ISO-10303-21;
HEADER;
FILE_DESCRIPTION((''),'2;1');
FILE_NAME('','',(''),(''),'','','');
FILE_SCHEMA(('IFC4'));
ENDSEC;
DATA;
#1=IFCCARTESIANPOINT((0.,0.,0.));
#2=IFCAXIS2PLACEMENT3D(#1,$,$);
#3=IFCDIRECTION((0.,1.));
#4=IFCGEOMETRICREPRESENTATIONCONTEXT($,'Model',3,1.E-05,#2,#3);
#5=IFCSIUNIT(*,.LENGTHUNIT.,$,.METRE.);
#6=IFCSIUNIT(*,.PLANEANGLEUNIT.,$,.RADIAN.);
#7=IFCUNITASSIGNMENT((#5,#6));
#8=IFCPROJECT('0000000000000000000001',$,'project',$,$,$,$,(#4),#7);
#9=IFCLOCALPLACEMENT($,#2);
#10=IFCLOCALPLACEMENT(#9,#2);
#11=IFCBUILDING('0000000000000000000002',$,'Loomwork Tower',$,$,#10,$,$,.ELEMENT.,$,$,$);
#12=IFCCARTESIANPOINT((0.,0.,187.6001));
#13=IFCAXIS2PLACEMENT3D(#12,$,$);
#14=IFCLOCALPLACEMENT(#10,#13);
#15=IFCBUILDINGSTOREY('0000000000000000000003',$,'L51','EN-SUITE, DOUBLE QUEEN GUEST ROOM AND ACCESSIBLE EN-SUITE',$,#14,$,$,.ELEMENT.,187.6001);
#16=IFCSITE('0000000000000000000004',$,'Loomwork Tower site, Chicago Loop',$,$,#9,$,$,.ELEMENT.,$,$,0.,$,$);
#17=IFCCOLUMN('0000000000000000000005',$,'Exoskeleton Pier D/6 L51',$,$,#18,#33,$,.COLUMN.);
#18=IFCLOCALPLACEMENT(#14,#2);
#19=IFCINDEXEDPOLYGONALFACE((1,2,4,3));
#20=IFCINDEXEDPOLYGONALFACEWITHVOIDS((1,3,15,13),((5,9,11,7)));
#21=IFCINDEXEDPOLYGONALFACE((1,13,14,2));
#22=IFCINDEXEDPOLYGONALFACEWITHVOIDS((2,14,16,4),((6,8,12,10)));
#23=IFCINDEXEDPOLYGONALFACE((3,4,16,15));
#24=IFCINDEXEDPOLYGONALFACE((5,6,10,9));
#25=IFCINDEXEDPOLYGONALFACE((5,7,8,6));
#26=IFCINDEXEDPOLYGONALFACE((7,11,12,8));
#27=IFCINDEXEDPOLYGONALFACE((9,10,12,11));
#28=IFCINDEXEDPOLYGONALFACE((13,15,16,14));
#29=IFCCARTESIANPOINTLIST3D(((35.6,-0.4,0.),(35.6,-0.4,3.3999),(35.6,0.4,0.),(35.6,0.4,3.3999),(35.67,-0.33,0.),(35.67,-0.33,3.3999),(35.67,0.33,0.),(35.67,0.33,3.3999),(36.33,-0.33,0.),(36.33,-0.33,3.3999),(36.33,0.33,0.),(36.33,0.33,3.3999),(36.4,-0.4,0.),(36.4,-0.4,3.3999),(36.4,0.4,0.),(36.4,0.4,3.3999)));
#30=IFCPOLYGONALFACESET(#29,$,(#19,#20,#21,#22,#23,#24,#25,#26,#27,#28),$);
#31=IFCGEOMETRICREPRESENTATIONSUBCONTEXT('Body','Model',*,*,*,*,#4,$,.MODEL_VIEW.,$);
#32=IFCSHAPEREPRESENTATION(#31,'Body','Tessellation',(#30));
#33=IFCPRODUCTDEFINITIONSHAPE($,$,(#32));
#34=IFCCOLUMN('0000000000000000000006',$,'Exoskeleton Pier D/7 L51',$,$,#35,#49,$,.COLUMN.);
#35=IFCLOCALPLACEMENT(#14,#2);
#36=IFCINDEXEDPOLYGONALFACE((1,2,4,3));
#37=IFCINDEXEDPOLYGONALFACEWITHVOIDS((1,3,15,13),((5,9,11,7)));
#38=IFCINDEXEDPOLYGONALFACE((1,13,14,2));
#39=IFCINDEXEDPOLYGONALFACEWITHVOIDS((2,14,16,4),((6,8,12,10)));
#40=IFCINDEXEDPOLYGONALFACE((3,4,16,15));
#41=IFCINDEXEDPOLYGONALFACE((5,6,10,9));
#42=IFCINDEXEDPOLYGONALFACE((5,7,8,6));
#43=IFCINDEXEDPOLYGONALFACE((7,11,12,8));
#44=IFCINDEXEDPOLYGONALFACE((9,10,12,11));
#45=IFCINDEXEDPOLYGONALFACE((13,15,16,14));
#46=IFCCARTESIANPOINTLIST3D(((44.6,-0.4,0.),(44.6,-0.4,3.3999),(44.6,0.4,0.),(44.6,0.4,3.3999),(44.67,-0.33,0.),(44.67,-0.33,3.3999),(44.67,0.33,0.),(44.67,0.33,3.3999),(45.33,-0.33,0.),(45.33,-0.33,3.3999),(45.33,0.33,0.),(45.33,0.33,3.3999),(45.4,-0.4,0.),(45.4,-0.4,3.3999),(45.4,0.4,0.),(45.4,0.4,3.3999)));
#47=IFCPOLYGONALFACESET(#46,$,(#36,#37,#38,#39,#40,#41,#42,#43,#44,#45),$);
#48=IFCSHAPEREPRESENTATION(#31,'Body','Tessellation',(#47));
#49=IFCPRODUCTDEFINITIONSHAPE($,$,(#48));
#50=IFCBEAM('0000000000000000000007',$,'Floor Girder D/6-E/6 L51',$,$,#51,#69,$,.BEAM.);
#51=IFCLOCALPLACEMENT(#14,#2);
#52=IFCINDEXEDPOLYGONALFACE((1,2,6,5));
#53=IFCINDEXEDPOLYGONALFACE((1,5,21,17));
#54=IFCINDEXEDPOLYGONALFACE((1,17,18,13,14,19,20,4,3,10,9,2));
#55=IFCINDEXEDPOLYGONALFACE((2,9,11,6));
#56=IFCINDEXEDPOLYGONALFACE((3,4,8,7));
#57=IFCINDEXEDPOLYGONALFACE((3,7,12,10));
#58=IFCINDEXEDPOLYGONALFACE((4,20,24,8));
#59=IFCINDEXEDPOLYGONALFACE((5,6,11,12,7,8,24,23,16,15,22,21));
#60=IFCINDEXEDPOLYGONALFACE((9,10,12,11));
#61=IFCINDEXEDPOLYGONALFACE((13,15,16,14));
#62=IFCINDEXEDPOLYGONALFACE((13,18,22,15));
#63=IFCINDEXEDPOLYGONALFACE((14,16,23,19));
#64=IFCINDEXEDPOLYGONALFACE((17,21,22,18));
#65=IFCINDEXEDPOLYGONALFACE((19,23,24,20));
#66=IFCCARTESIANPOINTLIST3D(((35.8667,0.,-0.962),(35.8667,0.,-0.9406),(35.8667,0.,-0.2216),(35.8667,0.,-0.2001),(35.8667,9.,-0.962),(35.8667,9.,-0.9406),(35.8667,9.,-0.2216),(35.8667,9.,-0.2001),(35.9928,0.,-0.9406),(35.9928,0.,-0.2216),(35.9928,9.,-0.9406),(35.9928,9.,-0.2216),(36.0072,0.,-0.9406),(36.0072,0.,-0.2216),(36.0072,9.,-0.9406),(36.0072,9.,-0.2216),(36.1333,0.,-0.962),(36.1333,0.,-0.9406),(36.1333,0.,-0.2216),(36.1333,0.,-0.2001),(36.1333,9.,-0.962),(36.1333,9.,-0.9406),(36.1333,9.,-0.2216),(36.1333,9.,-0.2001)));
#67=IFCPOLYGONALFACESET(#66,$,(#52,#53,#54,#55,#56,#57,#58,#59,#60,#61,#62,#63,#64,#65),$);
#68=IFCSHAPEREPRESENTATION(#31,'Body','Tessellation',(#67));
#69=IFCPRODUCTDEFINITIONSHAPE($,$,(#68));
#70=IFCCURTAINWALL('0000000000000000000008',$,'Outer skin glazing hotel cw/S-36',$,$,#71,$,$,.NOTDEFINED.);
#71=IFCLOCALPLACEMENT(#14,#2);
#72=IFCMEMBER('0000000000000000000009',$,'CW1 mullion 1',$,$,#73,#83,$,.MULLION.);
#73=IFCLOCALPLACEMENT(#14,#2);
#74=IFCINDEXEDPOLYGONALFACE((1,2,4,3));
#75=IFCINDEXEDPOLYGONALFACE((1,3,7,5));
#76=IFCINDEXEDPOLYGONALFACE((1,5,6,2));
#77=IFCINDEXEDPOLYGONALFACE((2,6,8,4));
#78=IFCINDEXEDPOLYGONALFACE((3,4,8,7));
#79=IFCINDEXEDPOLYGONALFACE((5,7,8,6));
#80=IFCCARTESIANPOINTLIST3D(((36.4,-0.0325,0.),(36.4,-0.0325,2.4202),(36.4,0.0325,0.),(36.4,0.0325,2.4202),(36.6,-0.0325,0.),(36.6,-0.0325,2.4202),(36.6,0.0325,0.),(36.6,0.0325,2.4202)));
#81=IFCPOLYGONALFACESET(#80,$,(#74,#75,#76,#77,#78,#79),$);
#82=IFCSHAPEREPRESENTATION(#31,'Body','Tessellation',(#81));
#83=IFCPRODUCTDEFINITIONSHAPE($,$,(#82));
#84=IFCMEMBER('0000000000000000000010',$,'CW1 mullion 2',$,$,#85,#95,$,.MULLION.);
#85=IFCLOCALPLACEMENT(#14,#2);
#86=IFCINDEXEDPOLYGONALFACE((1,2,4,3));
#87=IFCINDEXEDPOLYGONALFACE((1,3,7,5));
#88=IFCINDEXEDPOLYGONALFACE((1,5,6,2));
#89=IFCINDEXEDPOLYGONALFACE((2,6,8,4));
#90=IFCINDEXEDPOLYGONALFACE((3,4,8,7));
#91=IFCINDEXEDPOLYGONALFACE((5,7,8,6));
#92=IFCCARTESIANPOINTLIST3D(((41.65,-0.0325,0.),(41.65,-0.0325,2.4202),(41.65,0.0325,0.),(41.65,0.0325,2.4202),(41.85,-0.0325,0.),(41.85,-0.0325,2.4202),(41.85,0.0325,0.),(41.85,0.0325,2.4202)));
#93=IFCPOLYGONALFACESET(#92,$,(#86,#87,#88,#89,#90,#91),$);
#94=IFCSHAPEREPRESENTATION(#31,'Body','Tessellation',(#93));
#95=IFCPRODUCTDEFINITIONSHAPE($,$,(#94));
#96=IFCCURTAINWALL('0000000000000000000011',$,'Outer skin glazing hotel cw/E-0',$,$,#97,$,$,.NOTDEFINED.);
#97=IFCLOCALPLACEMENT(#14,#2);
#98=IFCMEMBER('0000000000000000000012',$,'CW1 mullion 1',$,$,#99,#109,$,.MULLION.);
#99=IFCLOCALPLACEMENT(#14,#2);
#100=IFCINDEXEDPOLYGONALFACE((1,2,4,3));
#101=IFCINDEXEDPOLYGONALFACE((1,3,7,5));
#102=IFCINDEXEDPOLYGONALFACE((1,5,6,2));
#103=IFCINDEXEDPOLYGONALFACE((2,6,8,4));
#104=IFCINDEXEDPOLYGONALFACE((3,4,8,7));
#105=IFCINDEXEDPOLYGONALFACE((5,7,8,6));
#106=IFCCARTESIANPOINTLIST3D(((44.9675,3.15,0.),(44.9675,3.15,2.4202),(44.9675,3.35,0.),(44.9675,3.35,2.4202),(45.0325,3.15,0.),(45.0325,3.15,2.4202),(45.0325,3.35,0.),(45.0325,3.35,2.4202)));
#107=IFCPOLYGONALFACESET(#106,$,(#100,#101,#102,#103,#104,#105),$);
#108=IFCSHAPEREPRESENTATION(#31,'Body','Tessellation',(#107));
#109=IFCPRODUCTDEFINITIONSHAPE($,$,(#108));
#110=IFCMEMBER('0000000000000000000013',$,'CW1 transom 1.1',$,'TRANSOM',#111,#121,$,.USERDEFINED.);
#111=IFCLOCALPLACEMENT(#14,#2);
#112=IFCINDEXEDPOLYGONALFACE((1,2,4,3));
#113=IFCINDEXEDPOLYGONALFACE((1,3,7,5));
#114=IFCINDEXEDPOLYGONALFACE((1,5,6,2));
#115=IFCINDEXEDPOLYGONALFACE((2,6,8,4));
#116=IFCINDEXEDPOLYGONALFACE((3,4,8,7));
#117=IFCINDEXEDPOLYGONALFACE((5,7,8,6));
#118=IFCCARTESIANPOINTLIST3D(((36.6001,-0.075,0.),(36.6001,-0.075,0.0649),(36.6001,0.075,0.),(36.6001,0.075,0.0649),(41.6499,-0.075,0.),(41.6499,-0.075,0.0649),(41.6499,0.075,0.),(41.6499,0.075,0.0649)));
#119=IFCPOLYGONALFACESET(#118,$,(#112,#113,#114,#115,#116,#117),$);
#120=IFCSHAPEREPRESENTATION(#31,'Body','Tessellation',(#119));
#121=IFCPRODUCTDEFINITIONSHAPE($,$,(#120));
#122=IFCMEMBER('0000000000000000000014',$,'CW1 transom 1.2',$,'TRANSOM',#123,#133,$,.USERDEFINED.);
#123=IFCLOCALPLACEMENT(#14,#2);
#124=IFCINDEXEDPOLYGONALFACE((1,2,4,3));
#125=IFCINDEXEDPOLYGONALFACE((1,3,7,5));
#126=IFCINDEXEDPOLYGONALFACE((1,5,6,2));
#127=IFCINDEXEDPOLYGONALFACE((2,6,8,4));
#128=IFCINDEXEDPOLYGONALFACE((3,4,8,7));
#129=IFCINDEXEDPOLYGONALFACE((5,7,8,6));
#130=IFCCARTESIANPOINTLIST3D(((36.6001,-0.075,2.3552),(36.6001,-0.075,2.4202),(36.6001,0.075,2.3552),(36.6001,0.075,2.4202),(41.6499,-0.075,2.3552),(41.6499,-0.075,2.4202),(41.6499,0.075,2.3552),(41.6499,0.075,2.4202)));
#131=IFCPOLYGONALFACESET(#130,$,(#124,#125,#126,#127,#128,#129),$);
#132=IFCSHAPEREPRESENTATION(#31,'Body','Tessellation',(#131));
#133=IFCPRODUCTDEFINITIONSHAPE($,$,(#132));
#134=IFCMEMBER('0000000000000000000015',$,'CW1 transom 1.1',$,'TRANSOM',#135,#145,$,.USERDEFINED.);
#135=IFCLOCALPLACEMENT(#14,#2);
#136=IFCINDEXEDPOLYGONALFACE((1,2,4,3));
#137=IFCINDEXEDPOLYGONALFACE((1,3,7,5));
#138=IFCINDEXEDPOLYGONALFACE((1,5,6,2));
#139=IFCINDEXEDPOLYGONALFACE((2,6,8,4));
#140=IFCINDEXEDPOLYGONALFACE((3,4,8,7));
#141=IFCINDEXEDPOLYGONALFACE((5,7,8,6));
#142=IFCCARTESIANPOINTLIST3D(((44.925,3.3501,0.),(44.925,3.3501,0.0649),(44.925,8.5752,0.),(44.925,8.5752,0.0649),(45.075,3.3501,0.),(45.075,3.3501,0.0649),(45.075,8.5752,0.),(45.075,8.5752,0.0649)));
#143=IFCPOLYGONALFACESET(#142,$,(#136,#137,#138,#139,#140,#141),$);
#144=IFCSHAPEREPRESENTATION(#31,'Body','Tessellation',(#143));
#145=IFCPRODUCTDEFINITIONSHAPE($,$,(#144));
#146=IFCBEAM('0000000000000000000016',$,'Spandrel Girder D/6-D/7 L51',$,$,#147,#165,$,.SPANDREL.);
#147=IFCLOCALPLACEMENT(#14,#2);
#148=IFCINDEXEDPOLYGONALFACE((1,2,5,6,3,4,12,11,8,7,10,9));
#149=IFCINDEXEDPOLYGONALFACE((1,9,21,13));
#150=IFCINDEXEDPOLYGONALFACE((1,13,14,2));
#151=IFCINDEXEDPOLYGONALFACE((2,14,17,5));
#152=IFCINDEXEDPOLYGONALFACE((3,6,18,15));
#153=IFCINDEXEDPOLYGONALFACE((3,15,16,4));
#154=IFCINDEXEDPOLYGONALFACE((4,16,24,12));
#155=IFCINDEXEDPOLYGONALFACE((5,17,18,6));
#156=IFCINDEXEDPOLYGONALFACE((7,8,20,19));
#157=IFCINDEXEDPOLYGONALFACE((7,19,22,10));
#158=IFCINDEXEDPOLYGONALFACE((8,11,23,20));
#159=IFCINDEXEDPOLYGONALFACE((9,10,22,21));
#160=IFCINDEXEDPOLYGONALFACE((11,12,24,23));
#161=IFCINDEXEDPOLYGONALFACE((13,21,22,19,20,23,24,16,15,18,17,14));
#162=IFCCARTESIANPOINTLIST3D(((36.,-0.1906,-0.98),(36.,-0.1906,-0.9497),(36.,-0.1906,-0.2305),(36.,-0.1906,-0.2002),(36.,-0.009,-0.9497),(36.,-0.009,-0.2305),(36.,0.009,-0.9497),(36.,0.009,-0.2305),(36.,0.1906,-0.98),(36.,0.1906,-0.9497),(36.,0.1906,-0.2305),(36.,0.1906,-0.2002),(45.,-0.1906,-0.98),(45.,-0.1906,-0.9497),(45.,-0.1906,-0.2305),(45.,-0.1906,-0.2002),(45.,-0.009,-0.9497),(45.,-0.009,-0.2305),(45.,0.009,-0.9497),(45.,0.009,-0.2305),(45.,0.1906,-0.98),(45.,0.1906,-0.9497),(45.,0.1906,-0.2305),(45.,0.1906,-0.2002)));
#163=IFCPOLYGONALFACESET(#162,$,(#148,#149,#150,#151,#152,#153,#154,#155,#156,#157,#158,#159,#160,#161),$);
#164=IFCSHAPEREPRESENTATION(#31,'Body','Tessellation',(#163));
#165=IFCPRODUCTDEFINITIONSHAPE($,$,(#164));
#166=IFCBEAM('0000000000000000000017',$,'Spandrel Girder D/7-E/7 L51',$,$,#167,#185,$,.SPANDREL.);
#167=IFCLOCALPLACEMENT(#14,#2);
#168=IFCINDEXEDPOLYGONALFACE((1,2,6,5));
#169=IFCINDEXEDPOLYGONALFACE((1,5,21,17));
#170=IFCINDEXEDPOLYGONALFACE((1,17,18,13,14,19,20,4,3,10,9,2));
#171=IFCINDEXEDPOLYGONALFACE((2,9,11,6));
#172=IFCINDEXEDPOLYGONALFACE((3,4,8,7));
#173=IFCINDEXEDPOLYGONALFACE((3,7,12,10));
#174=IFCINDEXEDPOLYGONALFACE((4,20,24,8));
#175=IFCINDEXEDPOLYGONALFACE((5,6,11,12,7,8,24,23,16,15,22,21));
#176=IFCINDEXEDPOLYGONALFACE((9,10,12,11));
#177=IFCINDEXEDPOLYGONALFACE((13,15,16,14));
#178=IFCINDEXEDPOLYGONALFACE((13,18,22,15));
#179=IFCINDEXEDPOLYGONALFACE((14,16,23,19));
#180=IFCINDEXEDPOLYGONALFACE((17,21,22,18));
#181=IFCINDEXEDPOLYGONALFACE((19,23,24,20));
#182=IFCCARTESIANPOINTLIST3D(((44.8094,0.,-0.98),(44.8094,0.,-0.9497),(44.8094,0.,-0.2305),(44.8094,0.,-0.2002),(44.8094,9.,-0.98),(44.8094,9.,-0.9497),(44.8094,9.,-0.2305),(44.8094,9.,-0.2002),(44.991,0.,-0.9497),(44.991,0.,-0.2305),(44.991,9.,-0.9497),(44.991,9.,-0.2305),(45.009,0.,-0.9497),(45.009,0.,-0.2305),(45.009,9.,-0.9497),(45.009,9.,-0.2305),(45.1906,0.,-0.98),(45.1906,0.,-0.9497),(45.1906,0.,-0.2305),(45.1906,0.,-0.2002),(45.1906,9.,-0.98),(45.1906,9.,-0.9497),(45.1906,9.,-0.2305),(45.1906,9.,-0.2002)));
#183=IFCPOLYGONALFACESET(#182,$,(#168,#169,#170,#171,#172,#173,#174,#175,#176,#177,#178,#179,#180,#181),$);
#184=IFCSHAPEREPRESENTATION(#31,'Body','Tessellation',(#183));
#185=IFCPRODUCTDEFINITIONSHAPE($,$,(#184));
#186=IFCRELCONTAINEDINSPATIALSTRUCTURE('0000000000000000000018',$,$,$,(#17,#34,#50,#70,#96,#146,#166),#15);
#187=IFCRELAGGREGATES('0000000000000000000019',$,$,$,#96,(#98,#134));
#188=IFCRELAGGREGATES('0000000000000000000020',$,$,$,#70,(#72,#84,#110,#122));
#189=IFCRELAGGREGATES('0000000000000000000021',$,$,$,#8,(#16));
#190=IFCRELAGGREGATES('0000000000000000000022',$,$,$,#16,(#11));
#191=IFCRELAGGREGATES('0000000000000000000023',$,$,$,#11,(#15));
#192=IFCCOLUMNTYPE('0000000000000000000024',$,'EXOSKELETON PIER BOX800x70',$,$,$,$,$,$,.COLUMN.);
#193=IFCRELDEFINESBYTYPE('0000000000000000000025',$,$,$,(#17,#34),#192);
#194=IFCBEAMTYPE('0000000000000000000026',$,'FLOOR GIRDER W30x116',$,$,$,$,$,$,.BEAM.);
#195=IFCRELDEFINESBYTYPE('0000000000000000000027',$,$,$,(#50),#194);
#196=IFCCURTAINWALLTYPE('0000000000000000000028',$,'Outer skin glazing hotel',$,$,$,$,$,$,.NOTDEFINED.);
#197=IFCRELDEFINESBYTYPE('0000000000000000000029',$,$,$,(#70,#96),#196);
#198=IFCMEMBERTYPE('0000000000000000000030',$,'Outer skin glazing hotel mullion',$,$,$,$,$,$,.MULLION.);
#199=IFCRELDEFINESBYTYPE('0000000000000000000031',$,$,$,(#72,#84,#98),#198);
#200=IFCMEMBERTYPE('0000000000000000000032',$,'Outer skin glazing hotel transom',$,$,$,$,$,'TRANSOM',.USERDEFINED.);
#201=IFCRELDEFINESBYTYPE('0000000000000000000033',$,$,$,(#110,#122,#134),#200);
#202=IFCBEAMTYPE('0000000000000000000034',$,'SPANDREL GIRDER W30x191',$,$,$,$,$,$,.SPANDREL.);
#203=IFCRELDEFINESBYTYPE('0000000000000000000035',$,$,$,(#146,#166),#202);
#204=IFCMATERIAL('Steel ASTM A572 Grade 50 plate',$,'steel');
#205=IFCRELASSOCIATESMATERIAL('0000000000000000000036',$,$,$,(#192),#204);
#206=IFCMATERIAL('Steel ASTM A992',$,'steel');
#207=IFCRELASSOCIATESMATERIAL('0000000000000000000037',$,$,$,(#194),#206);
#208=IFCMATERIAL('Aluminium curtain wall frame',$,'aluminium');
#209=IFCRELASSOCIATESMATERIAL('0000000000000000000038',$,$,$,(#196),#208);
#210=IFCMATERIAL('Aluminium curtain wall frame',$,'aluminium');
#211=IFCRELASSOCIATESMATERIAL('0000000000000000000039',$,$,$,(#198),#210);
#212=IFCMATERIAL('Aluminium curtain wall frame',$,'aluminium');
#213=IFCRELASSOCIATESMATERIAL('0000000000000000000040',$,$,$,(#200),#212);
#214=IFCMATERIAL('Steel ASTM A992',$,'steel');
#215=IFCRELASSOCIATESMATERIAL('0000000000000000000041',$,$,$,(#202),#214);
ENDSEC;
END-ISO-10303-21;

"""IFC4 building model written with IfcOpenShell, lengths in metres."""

from ifc_helpers import new_model, si_unit, direction, frame, origin, origin_2d, place, context, subcontext, project, spatial, rectangle, hollow_rectangle, i_section, extrude, material, material_profile, profile_set, type_object, element, aggregate, save


model = new_model("IFC4")

# Units and contexts
model_context = context("Model", 3, precision=1e-05, world=origin(), true_north=direction((0.0, 1.0)))
body_context = subcontext(model_context, "Body", "Model", "MODEL_VIEW")
ifc_project = project(units=[si_unit("LENGTHUNIT", "METRE"), si_unit("PLANEANGLEUNIT", "RADIAN")], contexts=[model_context])

# Site, building, storey
site_placement = place(None, origin())
site = spatial("IfcSite", under=ifc_project, at=site_placement, Name="Loomwork Tower site, Chicago Loop", CompositionType="ELEMENT", RefElevation=0.0)
building_placement = place(site_placement, origin())
building = spatial("IfcBuilding", under=site, at=building_placement, Name="Loomwork Tower", CompositionType="ELEMENT")
storey_placement = place(building_placement, frame((0.0, 0.0, 187.6001)))
storey = spatial("IfcBuildingStorey", under=building, at=storey_placement, Name="L51", Description="EN-SUITE, DOUBLE QUEEN GUEST ROOM AND ACCESSIBLE EN-SUITE", CompositionType="ELEMENT", Elevation=187.6001)

# Columns
ifc_material_1 = material(Name="Steel ASTM A572 Grade 50 plate", Category="steel")
ifc_material_profile_1 = material_profile(ifc_material_1, hollow_rectangle(XDim=0.8, YDim=0.8, WallThickness=0.0701, at=origin_2d()), Name="BOX800x70")
ifc_profile_set_1 = profile_set([ifc_material_profile_1], Name="Steel ASTM A572 Grade 50 plate")
column_type = type_object("IfcColumnType", Name="EXOSKELETON PIER BOX800x70", PredefinedType="COLUMN", material=ifc_profile_set_1)
for number, where, z_axis, x_axis, name in (
    (1, (36.0, 0.0, 0.0), (0.0, 0.0, 1.0), (1.0, 0.0, 0.0), "Exoskeleton Pier D/6 L51"),
    (2, (45.0, 0.0, 0.0), (0.0, 0.0, 1.0), (1.0, 0.0, 0.0), "Exoskeleton Pier D/7 L51"),
):
    element("IfcColumn", number, at=place(storey_placement, frame(where, z_axis=z_axis, x_axis=x_axis)), inside=storey, type_object=column_type, Name=name, PredefinedType="COLUMN", context=body_context, shape_type="SweptSolid", body=[
        extrude(hollow_rectangle(XDim=0.8, YDim=0.8, WallThickness=0.0701, at=origin_2d()), origin(), (0.0, 0.0, 1.0), 3.3999),
    ])

# Beam
ifc_material_2 = material(Name="Steel ASTM A992", Category="steel")
ifc_material_profile_2 = material_profile(ifc_material_2, i_section(OverallWidth=0.2666, OverallDepth=0.762, WebThickness=0.0144, FlangeThickness=0.0215, at=origin_2d()), Name="W30x116")
ifc_profile_set_2 = profile_set([ifc_material_profile_2], Name="Steel ASTM A992")
beam_type_1 = type_object("IfcBeamType", Name="FLOOR GIRDER W30x116", PredefinedType="BEAM", material=ifc_profile_set_2)
beam_placement = place(storey_placement, frame((36.0, 0.0, -0.5811), z_axis=(0.0, 1.0, 0.0), x_axis=(-1.0, 0.0, 0.0)))
element("IfcBeam", 3, at=beam_placement, inside=storey, type_object=beam_type_1, Name="Floor Girder D/6-E/6 L51", PredefinedType="BEAM", context=body_context, shape_type="SweptSolid", body=[
    extrude(i_section(OverallWidth=0.2666, OverallDepth=0.762, WebThickness=0.0144, FlangeThickness=0.0215, at=origin_2d()), origin(), (0.0, 0.0, 1.0), 9.0),
])

# Curtain wall, members
ifc_material_3 = material(Name="Aluminium curtain wall frame", Category="aluminium")
curtain_wall_type = type_object("IfcCurtainWallType", Name="Outer skin glazing hotel", PredefinedType="NOTDEFINED", material=ifc_material_3)
curtain_wall_1_placement = place(storey_placement, origin())
curtain_wall_1 = element("IfcCurtainWall", 4, at=curtain_wall_1_placement, inside=storey, type_object=curtain_wall_type, Name="Outer skin glazing hotel cw/S-36", PredefinedType="NOTDEFINED")
ifc_material_4 = material(Name="Aluminium curtain wall frame", Category="aluminium")
ifc_material_profile_3 = material_profile(ifc_material_4, rectangle(XDim=0.0649, YDim=0.2, at=origin_2d()), Name="AL 65x200")
ifc_profile_set_3 = profile_set([ifc_material_profile_3], Name="Aluminium curtain wall frame")
member_type_1 = type_object("IfcMemberType", Name="Outer skin glazing hotel mullion", PredefinedType="MULLION", material=ifc_profile_set_3)
member_1_placement = place(storey_placement, frame((36.5, 0.0, 0.0), z_axis=(0.0, 0.0, 1.0), x_axis=(0.0, 1.0, 0.0)))
member_1 = element("IfcMember", 5, at=member_1_placement, type_object=member_type_1, Name="CW1 mullion 1", PredefinedType="MULLION", context=body_context, shape_type="SweptSolid", body=[
    extrude(rectangle(XDim=0.0649, YDim=0.2, at=origin_2d()), origin(), (0.0, 0.0, 1.0), 2.4202),
])
member_2_placement = place(storey_placement, frame((41.75, 0.0, 0.0), z_axis=(0.0, 0.0, 1.0), x_axis=(0.0, 1.0, 0.0)))
member_2 = element("IfcMember", 6, at=member_2_placement, type_object=member_type_1, Name="CW1 mullion 2", PredefinedType="MULLION", context=body_context, shape_type="SweptSolid", body=[
    extrude(rectangle(XDim=0.0649, YDim=0.2, at=origin_2d()), origin(), (0.0, 0.0, 1.0), 2.4202),
])

# Curtain wall, member
curtain_wall_2_placement = place(storey_placement, origin())
curtain_wall_2 = element("IfcCurtainWall", 7, at=curtain_wall_2_placement, inside=storey, type_object=curtain_wall_type, Name="Outer skin glazing hotel cw/E-0", PredefinedType="NOTDEFINED")
member_3_placement = place(storey_placement, frame((45.0, 3.25, 0.0), z_axis=(0.0, 0.0, 1.0), x_axis=(-1.0, 0.0, 0.0)))
member_3 = element("IfcMember", 8, at=member_3_placement, type_object=member_type_1, Name="CW1 mullion 1", PredefinedType="MULLION", context=body_context, shape_type="SweptSolid", body=[
    extrude(rectangle(XDim=0.0649, YDim=0.2, at=origin_2d()), origin(), (0.0, 0.0, 1.0), 2.4202),
])

# Members
ifc_material_5 = material(Name="Aluminium curtain wall frame", Category="aluminium")
ifc_material_profile_4 = material_profile(ifc_material_5, rectangle(XDim=0.1499, YDim=0.0649, at=origin_2d()), Name="AL 65x150")
ifc_profile_set_4 = profile_set([ifc_material_profile_4], Name="Aluminium curtain wall frame")
member_type_2 = type_object("IfcMemberType", Name="Outer skin glazing hotel transom", ElementType="TRANSOM", PredefinedType="USERDEFINED", material=ifc_profile_set_4)
member_4_placement = place(storey_placement, frame((36.6001, 0.0, 0.0325), z_axis=(1.0, 0.0, 0.0), x_axis=(0.0, 1.0, 0.0)))
member_4 = element("IfcMember", 9, at=member_4_placement, type_object=member_type_2, Name="CW1 transom 1.1", ObjectType="TRANSOM", PredefinedType="USERDEFINED", context=body_context, shape_type="SweptSolid", body=[
    extrude(rectangle(XDim=0.1499, YDim=0.0649, at=origin_2d()), origin(), (0.0, 0.0, 1.0), 5.0498),
])
member_5_placement = place(storey_placement, frame((36.6001, 0.0, 2.3877), z_axis=(1.0, 0.0, 0.0), x_axis=(0.0, 1.0, 0.0)))
member_5 = element("IfcMember", 10, at=member_5_placement, type_object=member_type_2, Name="CW1 transom 1.2", ObjectType="TRANSOM", PredefinedType="USERDEFINED", context=body_context, shape_type="SweptSolid", body=[
    extrude(rectangle(XDim=0.1499, YDim=0.0649, at=origin_2d()), origin(), (0.0, 0.0, 1.0), 5.0498),
])
member_6_placement = place(storey_placement, frame((45.0, 3.3501, 0.0325), z_axis=(0.0, 1.0, 0.0), x_axis=(-1.0, 0.0, 0.0)))
member_6 = element("IfcMember", 11, at=member_6_placement, type_object=member_type_2, Name="CW1 transom 1.1", ObjectType="TRANSOM", PredefinedType="USERDEFINED", context=body_context, shape_type="SweptSolid", body=[
    extrude(rectangle(XDim=0.1499, YDim=0.0649, at=origin_2d()), origin(), (0.0, 0.0, 1.0), 5.2251),
])
aggregate(curtain_wall_2, [member_3, member_6])

# Beams
ifc_material_6 = material(Name="Steel ASTM A992", Category="steel")
ifc_material_profile_5 = material_profile(ifc_material_6, i_section(OverallWidth=0.3811, OverallDepth=0.7798, WebThickness=0.0181, FlangeThickness=0.0303, at=origin_2d()), Name="W30x191")
ifc_profile_set_5 = profile_set([ifc_material_profile_5], Name="Steel ASTM A992")
beam_type_2 = type_object("IfcBeamType", Name="SPANDREL GIRDER W30x191", PredefinedType="SPANDREL", material=ifc_profile_set_5)
for number, where, z_axis, x_axis, name in (
    (12, (36.0, 0.0, -0.5901), (1.0, 0.0, 0.0), (0.0, 1.0, 0.0), "Spandrel Girder D/6-D/7 L51"),
    (13, (45.0, 0.0, -0.5901), (0.0, 1.0, 0.0), (-1.0, 0.0, 0.0), "Spandrel Girder D/7-E/7 L51"),
):
    element("IfcBeam", number, at=place(storey_placement, frame(where, z_axis=z_axis, x_axis=x_axis)), inside=storey, type_object=beam_type_2, Name=name, PredefinedType="SPANDREL", context=body_context, shape_type="SweptSolid", body=[
        extrude(i_section(OverallWidth=0.3811, OverallDepth=0.7798, WebThickness=0.0181, FlangeThickness=0.0303, at=origin_2d()), origin(), (0.0, 0.0, 1.0), 9.0),
    ])

aggregate(curtain_wall_1, [member_1, member_2, member_4, member_5])

save(model, "model.ifc")
